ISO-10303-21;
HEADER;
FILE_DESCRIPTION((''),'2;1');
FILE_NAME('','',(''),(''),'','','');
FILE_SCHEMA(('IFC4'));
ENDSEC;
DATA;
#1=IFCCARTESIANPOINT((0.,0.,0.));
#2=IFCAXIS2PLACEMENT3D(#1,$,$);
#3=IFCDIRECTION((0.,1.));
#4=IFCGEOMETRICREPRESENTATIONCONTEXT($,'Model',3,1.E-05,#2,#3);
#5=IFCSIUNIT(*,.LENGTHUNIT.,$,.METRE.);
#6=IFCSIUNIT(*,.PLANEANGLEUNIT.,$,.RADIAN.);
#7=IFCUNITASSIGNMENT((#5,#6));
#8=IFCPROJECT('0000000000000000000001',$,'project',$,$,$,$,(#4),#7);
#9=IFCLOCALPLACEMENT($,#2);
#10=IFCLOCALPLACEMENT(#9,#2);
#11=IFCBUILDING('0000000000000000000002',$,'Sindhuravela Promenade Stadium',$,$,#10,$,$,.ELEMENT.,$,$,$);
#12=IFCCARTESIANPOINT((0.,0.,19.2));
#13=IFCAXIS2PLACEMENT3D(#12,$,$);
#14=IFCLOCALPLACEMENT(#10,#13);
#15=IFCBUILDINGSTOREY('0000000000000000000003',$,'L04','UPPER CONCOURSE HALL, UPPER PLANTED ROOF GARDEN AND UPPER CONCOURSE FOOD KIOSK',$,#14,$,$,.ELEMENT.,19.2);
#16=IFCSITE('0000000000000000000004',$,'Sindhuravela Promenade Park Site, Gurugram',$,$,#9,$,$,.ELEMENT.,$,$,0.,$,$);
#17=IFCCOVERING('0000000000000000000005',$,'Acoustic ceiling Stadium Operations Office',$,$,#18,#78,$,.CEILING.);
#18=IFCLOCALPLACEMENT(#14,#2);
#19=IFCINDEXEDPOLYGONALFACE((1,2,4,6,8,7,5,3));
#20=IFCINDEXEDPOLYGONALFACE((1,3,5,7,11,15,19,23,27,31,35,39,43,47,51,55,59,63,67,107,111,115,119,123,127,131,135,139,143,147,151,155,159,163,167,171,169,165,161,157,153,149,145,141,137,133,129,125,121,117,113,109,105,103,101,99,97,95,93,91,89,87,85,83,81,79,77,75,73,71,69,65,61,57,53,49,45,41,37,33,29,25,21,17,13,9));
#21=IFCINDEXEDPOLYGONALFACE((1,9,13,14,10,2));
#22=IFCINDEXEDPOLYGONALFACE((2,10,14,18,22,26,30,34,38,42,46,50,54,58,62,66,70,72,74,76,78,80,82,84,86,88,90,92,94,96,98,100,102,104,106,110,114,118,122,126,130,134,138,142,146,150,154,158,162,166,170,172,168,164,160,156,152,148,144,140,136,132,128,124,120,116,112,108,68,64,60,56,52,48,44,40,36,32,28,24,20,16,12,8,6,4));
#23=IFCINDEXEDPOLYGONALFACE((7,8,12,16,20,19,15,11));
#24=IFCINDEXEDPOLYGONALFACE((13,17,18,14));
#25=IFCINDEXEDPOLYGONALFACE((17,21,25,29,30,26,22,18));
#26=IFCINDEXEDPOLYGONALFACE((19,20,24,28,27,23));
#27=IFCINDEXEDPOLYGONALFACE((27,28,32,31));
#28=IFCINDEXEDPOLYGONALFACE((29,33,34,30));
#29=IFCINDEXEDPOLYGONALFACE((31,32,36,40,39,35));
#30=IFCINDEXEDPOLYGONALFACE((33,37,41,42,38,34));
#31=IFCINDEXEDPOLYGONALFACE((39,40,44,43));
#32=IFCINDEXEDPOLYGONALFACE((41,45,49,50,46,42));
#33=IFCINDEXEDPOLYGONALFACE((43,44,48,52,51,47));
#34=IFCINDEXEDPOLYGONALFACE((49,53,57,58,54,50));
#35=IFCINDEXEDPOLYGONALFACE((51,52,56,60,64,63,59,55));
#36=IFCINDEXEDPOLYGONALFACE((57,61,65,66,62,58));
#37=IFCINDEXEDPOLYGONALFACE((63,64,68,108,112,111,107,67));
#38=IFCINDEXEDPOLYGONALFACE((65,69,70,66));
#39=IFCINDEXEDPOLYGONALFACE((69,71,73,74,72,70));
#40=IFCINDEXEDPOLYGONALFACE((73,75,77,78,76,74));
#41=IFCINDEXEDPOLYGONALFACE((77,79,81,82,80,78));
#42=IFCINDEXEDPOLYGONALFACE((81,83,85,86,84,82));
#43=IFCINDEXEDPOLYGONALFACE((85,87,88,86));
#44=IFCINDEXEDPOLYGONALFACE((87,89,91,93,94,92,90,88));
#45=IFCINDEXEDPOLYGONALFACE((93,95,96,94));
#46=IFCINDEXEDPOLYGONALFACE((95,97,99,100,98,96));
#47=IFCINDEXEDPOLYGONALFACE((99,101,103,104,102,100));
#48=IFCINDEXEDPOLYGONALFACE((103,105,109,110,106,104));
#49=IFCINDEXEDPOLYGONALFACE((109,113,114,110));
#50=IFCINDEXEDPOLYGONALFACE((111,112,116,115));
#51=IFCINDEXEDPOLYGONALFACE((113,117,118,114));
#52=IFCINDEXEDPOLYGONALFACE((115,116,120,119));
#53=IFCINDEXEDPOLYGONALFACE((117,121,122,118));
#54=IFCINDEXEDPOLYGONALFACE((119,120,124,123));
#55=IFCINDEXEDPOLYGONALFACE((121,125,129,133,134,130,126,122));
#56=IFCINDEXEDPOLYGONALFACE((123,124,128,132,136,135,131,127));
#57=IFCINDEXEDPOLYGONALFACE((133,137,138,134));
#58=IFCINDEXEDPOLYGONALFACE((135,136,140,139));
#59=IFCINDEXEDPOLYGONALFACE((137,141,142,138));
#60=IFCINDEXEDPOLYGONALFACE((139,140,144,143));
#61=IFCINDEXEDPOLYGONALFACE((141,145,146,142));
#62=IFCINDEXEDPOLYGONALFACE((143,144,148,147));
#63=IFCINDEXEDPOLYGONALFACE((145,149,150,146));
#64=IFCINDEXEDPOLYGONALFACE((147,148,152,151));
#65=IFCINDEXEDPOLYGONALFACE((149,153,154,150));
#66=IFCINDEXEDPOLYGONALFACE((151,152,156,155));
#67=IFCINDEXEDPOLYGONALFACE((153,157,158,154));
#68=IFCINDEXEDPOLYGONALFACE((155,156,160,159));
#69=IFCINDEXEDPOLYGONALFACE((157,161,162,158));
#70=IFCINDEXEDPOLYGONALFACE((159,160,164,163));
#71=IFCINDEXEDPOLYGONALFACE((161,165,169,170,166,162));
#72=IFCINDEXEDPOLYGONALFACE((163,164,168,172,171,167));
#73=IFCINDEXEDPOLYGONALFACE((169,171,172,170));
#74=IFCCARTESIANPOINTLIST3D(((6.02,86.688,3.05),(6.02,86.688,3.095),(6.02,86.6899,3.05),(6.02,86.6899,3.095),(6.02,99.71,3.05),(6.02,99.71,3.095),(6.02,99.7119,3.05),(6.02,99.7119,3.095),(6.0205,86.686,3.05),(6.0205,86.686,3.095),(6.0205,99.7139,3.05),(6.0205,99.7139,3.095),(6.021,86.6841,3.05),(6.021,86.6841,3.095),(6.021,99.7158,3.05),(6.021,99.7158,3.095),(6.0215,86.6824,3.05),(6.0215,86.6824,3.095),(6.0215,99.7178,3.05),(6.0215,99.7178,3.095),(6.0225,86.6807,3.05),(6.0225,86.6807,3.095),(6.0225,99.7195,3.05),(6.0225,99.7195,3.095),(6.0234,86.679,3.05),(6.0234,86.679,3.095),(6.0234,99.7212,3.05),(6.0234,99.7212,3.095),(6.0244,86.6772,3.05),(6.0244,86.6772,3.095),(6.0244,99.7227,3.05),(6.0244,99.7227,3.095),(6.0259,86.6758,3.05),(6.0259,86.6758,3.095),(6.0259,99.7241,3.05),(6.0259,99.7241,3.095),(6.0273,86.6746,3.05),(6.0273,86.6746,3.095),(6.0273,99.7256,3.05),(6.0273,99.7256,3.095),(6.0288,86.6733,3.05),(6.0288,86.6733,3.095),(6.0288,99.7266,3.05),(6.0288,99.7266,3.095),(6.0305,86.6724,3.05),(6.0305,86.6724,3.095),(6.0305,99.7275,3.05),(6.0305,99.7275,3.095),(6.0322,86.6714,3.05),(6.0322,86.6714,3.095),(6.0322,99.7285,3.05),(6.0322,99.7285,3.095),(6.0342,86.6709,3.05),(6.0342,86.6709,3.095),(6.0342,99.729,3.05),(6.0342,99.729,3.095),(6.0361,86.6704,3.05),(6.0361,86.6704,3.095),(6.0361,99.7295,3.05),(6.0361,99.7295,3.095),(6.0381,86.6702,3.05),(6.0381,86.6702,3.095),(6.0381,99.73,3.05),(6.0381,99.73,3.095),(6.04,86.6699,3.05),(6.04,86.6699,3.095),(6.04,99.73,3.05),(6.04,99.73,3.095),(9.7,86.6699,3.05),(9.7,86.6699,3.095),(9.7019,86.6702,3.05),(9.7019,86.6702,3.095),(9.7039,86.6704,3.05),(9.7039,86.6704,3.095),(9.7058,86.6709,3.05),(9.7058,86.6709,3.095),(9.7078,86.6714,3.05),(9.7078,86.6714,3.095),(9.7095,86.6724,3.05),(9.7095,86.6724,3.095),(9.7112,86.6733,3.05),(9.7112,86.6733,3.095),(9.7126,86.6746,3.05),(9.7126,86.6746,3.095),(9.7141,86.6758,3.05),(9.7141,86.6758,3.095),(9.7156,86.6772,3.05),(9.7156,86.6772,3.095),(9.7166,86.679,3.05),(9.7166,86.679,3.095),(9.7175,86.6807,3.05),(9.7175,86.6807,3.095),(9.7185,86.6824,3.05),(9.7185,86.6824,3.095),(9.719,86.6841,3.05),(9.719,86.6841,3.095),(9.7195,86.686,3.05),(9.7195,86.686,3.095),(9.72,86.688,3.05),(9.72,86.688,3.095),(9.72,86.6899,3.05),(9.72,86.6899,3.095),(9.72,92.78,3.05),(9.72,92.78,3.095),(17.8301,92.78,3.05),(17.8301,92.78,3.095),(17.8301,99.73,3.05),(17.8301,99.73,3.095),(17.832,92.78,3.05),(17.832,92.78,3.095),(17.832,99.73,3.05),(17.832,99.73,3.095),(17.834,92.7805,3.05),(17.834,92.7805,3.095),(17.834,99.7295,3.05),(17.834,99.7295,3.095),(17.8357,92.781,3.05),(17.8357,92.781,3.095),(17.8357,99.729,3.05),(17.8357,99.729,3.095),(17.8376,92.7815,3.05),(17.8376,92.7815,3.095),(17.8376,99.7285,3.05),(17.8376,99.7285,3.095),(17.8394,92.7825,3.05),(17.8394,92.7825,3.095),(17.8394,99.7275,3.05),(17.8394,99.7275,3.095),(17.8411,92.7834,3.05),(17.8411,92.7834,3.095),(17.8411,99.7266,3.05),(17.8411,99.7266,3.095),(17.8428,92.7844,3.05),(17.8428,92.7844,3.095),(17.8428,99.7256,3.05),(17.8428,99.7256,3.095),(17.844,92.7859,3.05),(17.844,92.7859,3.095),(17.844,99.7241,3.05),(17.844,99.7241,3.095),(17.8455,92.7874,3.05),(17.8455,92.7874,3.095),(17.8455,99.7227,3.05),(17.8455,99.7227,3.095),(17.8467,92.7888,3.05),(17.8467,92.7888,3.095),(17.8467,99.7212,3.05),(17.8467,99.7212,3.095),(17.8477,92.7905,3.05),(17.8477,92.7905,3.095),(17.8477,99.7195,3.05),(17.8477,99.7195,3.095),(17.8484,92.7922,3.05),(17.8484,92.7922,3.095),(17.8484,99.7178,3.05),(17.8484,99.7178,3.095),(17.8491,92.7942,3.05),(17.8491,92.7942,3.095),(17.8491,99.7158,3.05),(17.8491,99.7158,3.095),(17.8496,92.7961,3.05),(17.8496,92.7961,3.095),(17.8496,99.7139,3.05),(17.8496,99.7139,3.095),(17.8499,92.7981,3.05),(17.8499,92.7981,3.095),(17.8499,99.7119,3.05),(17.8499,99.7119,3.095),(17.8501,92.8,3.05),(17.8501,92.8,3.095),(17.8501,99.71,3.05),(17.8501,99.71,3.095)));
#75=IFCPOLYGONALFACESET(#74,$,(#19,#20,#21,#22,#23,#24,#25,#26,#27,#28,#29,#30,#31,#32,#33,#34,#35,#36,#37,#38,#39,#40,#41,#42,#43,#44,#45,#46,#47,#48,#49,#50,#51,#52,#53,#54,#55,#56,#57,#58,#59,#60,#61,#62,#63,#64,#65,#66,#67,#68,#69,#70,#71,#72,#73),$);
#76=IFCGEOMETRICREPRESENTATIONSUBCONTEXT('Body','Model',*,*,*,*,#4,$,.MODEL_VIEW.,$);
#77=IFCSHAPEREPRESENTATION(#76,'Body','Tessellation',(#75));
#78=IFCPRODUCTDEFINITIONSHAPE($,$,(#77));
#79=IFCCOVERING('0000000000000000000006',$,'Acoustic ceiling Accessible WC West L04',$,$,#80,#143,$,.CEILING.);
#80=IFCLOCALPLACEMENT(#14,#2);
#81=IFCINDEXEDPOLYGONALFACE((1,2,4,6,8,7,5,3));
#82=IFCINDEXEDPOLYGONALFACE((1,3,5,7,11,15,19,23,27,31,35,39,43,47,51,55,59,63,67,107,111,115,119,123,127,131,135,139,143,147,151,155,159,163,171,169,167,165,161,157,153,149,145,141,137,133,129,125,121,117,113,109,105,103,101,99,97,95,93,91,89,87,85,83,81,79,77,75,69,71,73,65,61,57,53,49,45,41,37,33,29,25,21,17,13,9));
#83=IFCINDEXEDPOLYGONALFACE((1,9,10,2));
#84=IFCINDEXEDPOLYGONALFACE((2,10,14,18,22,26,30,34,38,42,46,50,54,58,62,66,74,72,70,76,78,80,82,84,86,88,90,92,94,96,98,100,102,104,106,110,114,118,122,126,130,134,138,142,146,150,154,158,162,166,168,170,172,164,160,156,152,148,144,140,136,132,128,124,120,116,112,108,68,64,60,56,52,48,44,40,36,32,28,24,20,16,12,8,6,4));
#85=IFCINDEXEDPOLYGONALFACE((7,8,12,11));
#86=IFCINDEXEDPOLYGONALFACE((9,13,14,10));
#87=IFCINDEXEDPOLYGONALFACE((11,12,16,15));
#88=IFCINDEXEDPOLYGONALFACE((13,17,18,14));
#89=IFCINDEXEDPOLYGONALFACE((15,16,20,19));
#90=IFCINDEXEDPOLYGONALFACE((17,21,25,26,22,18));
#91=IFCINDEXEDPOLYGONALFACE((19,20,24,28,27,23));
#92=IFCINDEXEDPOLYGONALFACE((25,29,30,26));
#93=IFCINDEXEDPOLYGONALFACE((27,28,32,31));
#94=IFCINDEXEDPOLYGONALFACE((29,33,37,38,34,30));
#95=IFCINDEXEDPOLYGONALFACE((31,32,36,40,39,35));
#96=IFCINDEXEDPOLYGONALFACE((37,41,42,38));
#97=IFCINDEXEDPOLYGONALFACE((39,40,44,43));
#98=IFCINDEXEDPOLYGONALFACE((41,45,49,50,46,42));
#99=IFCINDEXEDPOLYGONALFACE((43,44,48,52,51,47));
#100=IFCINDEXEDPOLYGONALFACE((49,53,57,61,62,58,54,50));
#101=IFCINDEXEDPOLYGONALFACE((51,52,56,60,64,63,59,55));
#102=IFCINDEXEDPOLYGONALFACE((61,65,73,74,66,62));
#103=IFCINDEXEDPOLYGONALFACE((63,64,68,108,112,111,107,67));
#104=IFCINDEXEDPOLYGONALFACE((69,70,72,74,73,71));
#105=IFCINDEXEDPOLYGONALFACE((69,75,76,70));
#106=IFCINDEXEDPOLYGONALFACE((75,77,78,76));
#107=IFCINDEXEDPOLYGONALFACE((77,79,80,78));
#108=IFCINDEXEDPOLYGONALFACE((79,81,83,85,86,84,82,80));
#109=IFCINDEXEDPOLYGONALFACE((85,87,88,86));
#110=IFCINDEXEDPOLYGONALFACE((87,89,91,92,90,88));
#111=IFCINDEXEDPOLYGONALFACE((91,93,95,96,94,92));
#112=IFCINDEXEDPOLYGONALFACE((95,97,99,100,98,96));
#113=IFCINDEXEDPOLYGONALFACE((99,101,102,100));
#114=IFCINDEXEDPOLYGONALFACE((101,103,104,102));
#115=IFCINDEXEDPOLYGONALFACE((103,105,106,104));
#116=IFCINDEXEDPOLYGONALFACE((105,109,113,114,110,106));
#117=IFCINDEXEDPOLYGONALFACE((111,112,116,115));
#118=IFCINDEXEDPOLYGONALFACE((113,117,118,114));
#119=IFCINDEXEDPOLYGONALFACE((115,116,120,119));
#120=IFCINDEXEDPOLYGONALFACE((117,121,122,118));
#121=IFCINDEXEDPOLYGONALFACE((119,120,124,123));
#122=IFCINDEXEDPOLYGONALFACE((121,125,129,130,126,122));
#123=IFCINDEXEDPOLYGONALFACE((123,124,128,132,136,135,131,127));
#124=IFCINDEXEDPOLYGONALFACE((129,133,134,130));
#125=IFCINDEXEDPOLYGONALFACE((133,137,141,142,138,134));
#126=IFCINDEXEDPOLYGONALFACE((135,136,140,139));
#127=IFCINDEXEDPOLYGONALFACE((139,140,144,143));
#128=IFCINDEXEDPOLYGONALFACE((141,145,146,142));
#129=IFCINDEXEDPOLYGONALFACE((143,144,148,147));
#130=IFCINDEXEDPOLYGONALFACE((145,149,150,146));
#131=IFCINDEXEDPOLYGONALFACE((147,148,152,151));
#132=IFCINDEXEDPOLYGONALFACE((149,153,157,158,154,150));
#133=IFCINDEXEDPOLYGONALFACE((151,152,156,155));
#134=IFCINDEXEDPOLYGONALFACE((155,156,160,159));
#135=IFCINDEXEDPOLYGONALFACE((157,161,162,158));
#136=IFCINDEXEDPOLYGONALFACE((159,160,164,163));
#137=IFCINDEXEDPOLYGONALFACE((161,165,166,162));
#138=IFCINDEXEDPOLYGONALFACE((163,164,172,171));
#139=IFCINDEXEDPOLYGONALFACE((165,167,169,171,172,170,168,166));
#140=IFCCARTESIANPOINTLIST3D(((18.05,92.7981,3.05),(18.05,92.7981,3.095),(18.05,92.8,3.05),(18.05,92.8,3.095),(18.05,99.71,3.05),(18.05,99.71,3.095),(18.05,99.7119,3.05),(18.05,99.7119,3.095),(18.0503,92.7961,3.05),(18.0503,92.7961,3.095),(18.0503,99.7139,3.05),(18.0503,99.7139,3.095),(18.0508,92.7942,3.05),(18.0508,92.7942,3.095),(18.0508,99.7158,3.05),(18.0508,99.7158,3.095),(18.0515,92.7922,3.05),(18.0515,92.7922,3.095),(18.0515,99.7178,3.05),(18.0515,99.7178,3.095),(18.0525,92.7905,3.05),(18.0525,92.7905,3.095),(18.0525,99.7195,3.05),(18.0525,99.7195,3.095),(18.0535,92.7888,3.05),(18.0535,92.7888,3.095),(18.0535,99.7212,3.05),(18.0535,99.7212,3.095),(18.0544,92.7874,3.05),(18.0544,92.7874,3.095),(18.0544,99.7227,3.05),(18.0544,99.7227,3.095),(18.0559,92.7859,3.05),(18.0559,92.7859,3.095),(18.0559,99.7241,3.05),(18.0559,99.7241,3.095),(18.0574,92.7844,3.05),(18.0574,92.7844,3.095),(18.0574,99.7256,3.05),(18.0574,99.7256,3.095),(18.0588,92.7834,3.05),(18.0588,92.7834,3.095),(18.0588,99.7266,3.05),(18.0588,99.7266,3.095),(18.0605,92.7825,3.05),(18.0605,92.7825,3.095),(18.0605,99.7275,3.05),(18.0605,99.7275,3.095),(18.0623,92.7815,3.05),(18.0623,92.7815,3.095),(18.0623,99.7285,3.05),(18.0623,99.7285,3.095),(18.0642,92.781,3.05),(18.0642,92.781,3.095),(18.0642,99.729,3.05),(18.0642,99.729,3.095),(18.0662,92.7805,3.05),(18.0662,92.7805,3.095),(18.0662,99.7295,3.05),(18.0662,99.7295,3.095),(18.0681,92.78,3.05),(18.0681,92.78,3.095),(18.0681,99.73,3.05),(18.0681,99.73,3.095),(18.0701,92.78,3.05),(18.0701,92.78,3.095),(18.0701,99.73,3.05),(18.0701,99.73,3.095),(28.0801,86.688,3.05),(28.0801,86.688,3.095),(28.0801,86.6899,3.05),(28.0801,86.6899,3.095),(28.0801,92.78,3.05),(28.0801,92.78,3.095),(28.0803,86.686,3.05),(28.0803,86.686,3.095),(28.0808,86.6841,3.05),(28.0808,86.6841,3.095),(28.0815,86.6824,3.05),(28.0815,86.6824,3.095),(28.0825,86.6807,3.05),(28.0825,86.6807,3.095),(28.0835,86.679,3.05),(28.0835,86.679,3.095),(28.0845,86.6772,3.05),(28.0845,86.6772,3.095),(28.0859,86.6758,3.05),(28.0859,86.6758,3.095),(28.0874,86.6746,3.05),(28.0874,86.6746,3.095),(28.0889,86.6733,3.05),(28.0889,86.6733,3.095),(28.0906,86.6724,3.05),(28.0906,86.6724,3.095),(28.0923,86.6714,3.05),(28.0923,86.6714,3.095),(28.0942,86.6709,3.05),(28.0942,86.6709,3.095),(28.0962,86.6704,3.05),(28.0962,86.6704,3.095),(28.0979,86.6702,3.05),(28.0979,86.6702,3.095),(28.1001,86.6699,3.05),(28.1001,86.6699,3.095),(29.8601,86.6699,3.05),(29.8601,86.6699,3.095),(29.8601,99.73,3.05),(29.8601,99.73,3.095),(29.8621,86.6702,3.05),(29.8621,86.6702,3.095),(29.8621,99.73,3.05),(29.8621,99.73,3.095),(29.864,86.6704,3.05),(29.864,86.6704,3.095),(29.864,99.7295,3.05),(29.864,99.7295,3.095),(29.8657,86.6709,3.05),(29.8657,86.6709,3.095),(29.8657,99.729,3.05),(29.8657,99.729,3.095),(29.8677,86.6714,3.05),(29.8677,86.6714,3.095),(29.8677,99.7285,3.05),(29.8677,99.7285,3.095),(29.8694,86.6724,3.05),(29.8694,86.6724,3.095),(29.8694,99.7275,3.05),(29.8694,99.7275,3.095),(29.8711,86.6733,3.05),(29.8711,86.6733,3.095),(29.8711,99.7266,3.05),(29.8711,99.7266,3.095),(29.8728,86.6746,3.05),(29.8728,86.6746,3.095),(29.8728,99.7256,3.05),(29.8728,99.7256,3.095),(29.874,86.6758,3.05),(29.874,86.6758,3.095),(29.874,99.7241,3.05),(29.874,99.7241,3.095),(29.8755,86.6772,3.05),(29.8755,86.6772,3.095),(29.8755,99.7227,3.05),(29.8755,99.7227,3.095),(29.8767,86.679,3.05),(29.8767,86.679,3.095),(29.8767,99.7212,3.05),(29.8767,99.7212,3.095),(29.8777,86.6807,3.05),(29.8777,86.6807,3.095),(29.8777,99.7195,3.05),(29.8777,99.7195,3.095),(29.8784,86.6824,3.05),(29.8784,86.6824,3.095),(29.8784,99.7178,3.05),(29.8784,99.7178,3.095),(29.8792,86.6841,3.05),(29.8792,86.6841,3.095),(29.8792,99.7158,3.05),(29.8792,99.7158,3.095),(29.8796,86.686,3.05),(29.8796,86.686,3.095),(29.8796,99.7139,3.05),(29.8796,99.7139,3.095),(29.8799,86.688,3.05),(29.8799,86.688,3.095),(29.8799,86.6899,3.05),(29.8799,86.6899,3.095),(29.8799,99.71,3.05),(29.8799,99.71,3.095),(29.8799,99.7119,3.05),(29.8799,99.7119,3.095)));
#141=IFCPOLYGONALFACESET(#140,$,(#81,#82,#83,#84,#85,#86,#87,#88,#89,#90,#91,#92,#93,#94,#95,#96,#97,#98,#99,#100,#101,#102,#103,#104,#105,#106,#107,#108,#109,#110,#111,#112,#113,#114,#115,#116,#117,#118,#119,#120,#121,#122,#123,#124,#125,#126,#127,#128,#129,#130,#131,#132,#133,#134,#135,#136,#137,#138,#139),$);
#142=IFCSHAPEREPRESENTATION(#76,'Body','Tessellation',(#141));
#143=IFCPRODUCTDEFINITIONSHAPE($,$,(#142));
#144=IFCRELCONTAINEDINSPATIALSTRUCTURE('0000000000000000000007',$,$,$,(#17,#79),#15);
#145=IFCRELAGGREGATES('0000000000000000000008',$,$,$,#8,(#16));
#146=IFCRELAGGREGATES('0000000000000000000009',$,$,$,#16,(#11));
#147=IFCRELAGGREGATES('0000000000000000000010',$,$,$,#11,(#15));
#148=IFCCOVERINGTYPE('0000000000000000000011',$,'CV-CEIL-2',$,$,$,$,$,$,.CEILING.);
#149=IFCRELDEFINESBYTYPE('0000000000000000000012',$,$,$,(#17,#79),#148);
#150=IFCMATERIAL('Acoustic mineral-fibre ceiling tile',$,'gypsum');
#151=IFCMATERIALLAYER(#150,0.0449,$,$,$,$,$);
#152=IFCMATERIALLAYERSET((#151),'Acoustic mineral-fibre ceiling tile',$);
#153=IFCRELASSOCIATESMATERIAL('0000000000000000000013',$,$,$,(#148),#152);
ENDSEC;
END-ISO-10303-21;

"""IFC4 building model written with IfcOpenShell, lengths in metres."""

from ifc_helpers import new_model, si_unit, direction, frame, origin, place, context, subcontext, project, spatial, polyline, outline, extrude, material, layer, layer_set, type_object, element, save


model = new_model("IFC4")

# Units and contexts
model_context = context("Model", 3, precision=1e-05, world=origin(), true_north=direction((0.0, 1.0)))
body_context = subcontext(model_context, "Body", "Model", "MODEL_VIEW")
ifc_project = project(units=[si_unit("LENGTHUNIT", "METRE"), si_unit("PLANEANGLEUNIT", "RADIAN")], contexts=[model_context])

# Site, building, storey
site_placement = place(None, origin())
site = spatial("IfcSite", under=ifc_project, at=site_placement, Name="Sindhuravela Promenade Park Site, Gurugram", CompositionType="ELEMENT", RefElevation=0.0)
building_placement = place(site_placement, origin())
building = spatial("IfcBuilding", under=site, at=building_placement, Name="Sindhuravela Promenade Stadium", CompositionType="ELEMENT")
storey_placement = place(building_placement, frame((0.0, 0.0, 19.2)))
storey = spatial("IfcBuildingStorey", under=building, at=storey_placement, Name="L04", Description="UPPER CONCOURSE HALL, UPPER PLANTED ROOF GARDEN AND UPPER CONCOURSE FOOD KIOSK", CompositionType="ELEMENT", Elevation=19.2)

# Coverings
ifc_material_1 = material(Name="Acoustic mineral-fibre ceiling tile", Category="gypsum")
ifc_layer_1 = layer(ifc_material_1, 0.0449)
ifc_layer_set_1 = layer_set([ifc_layer_1], Name="Acoustic mineral-fibre ceiling tile")
covering_type_1 = type_object("IfcCoveringType", Name="CV-CEIL-2", PredefinedType="CEILING", material=ifc_layer_set_1)
covering_1_placement = place(storey_placement, frame((0.0, 0.0, 3.05)))
element("IfcCovering", 1, at=covering_1_placement, inside=storey, type_object=covering_type_1, Name="Acoustic ceiling Stadium Operations Office", PredefinedType="CEILING", context=body_context, shape_type="SweptSolid", body=[
    extrude(outline(polyline([(6.04, 86.6699), (6.0381, 86.6702), (6.0361, 86.6704), (6.0342, 86.6709), (6.0322, 86.6714), (6.0305, 86.6724), (6.0288, 86.6733), (6.0273, 86.6746), (6.0259, 86.6758), (6.0244, 86.6772), (6.0234, 86.679), (6.0225, 86.6807), (6.0215, 86.6824), (6.021, 86.6841), (6.0205, 86.686), (6.02, 86.688), (6.02, 86.6899), (6.02, 99.71), (6.02, 99.7119), (6.0205, 99.7139), (6.021, 99.7158), (6.0215, 99.7178), (6.0225, 99.7195), (6.0234, 99.7212), (6.0244, 99.7227), (6.0259, 99.7241), (6.0273, 99.7256), (6.0288, 99.7266), (6.0305, 99.7275), (6.0322, 99.7285), (6.0342, 99.729), (6.0361, 99.7295), (6.0381, 99.73), (6.04, 99.73), (17.8301, 99.73), (17.832, 99.73), (17.834, 99.7295), (17.8357, 99.729), (17.8376, 99.7285), (17.8394, 99.7275), (17.8411, 99.7266), (17.8428, 99.7256), (17.844, 99.7241), (17.8455, 99.7227), (17.8467, 99.7212), (17.8477, 99.7195), (17.8484, 99.7178), (17.8491, 99.7158), (17.8496, 99.7139), (17.8499, 99.7119), (17.8501, 99.71), (17.8501, 92.8), (17.8499, 92.7981), (17.8496, 92.7961), (17.8491, 92.7942), (17.8484, 92.7922), (17.8477, 92.7905), (17.8467, 92.7888), (17.8455, 92.7874), (17.844, 92.7859), (17.8428, 92.7844), (17.8411, 92.7834), (17.8394, 92.7825), (17.8376, 92.7815), (17.8357, 92.781), (17.834, 92.7805), (17.832, 92.78), (17.8301, 92.78), (9.72, 92.78), (9.72, 86.6899), (9.72, 86.688), (9.7195, 86.686), (9.719, 86.6841), (9.7185, 86.6824), (9.7175, 86.6807), (9.7166, 86.679), (9.7156, 86.6772), (9.7141, 86.6758), (9.7126, 86.6746), (9.7112, 86.6733), (9.7095, 86.6724), (9.7078, 86.6714), (9.7058, 86.6709), (9.7039, 86.6704), (9.7019, 86.6702), (9.7, 86.6699), (6.04, 86.6699)])), origin(), (0.0, 0.0, 1.0), 0.0449),
])
covering_2_placement = place(storey_placement, frame((0.0, 0.0, 3.05)))
element("IfcCovering", 2, at=covering_2_placement, inside=storey, type_object=covering_type_1, Name="Acoustic ceiling Accessible WC West L04", PredefinedType="CEILING", context=body_context, shape_type="SweptSolid", body=[
    extrude(outline(polyline([(29.8601, 99.73), (29.8621, 99.73), (29.864, 99.7295), (29.8657, 99.729), (29.8677, 99.7285), (29.8694, 99.7275), (29.8711, 99.7266), (29.8728, 99.7256), (29.874, 99.7241), (29.8755, 99.7227), (29.8767, 99.7212), (29.8777, 99.7195), (29.8784, 99.7178), (29.8792, 99.7158), (29.8796, 99.7139), (29.8799, 99.7119), (29.8799, 99.71), (29.8799, 86.6899), (29.8799, 86.688), (29.8796, 86.686), (29.8792, 86.6841), (29.8784, 86.6824), (29.8777, 86.6807), (29.8767, 86.679), (29.8755, 86.6772), (29.874, 86.6758), (29.8728, 86.6746), (29.8711, 86.6733), (29.8694, 86.6724), (29.8677, 86.6714), (29.8657, 86.6709), (29.864, 86.6704), (29.8621, 86.6702), (29.8601, 86.6699), (28.1001, 86.6699), (28.0979, 86.6702), (28.0962, 86.6704), (28.0942, 86.6709), (28.0923, 86.6714), (28.0906, 86.6724), (28.0889, 86.6733), (28.0874, 86.6746), (28.0859, 86.6758), (28.0845, 86.6772), (28.0835, 86.679), (28.0825, 86.6807), (28.0815, 86.6824), (28.0808, 86.6841), (28.0803, 86.686), (28.0801, 86.688), (28.0801, 86.6899), (28.0801, 92.78), (18.0701, 92.78), (18.0681, 92.78), (18.0662, 92.7805), (18.0642, 92.781), (18.0623, 92.7815), (18.0605, 92.7825), (18.0588, 92.7834), (18.0574, 92.7844), (18.0559, 92.7859), (18.0544, 92.7874), (18.0535, 92.7888), (18.0525, 92.7905), (18.0515, 92.7922), (18.0508, 92.7942), (18.0503, 92.7961), (18.05, 92.7981), (18.05, 92.8), (18.05, 99.71), (18.05, 99.7119), (18.0503, 99.7139), (18.0508, 99.7158), (18.0515, 99.7178), (18.0525, 99.7195), (18.0535, 99.7212), (18.0544, 99.7227), (18.0559, 99.7241), (18.0574, 99.7256), (18.0588, 99.7266), (18.0605, 99.7275), (18.0623, 99.7285), (18.0642, 99.729), (18.0662, 99.7295), (18.0681, 99.73), (18.0701, 99.73), (29.8601, 99.73)])), origin(), (0.0, 0.0, 1.0), 0.0449),
])

save(model, "model.ifc")
